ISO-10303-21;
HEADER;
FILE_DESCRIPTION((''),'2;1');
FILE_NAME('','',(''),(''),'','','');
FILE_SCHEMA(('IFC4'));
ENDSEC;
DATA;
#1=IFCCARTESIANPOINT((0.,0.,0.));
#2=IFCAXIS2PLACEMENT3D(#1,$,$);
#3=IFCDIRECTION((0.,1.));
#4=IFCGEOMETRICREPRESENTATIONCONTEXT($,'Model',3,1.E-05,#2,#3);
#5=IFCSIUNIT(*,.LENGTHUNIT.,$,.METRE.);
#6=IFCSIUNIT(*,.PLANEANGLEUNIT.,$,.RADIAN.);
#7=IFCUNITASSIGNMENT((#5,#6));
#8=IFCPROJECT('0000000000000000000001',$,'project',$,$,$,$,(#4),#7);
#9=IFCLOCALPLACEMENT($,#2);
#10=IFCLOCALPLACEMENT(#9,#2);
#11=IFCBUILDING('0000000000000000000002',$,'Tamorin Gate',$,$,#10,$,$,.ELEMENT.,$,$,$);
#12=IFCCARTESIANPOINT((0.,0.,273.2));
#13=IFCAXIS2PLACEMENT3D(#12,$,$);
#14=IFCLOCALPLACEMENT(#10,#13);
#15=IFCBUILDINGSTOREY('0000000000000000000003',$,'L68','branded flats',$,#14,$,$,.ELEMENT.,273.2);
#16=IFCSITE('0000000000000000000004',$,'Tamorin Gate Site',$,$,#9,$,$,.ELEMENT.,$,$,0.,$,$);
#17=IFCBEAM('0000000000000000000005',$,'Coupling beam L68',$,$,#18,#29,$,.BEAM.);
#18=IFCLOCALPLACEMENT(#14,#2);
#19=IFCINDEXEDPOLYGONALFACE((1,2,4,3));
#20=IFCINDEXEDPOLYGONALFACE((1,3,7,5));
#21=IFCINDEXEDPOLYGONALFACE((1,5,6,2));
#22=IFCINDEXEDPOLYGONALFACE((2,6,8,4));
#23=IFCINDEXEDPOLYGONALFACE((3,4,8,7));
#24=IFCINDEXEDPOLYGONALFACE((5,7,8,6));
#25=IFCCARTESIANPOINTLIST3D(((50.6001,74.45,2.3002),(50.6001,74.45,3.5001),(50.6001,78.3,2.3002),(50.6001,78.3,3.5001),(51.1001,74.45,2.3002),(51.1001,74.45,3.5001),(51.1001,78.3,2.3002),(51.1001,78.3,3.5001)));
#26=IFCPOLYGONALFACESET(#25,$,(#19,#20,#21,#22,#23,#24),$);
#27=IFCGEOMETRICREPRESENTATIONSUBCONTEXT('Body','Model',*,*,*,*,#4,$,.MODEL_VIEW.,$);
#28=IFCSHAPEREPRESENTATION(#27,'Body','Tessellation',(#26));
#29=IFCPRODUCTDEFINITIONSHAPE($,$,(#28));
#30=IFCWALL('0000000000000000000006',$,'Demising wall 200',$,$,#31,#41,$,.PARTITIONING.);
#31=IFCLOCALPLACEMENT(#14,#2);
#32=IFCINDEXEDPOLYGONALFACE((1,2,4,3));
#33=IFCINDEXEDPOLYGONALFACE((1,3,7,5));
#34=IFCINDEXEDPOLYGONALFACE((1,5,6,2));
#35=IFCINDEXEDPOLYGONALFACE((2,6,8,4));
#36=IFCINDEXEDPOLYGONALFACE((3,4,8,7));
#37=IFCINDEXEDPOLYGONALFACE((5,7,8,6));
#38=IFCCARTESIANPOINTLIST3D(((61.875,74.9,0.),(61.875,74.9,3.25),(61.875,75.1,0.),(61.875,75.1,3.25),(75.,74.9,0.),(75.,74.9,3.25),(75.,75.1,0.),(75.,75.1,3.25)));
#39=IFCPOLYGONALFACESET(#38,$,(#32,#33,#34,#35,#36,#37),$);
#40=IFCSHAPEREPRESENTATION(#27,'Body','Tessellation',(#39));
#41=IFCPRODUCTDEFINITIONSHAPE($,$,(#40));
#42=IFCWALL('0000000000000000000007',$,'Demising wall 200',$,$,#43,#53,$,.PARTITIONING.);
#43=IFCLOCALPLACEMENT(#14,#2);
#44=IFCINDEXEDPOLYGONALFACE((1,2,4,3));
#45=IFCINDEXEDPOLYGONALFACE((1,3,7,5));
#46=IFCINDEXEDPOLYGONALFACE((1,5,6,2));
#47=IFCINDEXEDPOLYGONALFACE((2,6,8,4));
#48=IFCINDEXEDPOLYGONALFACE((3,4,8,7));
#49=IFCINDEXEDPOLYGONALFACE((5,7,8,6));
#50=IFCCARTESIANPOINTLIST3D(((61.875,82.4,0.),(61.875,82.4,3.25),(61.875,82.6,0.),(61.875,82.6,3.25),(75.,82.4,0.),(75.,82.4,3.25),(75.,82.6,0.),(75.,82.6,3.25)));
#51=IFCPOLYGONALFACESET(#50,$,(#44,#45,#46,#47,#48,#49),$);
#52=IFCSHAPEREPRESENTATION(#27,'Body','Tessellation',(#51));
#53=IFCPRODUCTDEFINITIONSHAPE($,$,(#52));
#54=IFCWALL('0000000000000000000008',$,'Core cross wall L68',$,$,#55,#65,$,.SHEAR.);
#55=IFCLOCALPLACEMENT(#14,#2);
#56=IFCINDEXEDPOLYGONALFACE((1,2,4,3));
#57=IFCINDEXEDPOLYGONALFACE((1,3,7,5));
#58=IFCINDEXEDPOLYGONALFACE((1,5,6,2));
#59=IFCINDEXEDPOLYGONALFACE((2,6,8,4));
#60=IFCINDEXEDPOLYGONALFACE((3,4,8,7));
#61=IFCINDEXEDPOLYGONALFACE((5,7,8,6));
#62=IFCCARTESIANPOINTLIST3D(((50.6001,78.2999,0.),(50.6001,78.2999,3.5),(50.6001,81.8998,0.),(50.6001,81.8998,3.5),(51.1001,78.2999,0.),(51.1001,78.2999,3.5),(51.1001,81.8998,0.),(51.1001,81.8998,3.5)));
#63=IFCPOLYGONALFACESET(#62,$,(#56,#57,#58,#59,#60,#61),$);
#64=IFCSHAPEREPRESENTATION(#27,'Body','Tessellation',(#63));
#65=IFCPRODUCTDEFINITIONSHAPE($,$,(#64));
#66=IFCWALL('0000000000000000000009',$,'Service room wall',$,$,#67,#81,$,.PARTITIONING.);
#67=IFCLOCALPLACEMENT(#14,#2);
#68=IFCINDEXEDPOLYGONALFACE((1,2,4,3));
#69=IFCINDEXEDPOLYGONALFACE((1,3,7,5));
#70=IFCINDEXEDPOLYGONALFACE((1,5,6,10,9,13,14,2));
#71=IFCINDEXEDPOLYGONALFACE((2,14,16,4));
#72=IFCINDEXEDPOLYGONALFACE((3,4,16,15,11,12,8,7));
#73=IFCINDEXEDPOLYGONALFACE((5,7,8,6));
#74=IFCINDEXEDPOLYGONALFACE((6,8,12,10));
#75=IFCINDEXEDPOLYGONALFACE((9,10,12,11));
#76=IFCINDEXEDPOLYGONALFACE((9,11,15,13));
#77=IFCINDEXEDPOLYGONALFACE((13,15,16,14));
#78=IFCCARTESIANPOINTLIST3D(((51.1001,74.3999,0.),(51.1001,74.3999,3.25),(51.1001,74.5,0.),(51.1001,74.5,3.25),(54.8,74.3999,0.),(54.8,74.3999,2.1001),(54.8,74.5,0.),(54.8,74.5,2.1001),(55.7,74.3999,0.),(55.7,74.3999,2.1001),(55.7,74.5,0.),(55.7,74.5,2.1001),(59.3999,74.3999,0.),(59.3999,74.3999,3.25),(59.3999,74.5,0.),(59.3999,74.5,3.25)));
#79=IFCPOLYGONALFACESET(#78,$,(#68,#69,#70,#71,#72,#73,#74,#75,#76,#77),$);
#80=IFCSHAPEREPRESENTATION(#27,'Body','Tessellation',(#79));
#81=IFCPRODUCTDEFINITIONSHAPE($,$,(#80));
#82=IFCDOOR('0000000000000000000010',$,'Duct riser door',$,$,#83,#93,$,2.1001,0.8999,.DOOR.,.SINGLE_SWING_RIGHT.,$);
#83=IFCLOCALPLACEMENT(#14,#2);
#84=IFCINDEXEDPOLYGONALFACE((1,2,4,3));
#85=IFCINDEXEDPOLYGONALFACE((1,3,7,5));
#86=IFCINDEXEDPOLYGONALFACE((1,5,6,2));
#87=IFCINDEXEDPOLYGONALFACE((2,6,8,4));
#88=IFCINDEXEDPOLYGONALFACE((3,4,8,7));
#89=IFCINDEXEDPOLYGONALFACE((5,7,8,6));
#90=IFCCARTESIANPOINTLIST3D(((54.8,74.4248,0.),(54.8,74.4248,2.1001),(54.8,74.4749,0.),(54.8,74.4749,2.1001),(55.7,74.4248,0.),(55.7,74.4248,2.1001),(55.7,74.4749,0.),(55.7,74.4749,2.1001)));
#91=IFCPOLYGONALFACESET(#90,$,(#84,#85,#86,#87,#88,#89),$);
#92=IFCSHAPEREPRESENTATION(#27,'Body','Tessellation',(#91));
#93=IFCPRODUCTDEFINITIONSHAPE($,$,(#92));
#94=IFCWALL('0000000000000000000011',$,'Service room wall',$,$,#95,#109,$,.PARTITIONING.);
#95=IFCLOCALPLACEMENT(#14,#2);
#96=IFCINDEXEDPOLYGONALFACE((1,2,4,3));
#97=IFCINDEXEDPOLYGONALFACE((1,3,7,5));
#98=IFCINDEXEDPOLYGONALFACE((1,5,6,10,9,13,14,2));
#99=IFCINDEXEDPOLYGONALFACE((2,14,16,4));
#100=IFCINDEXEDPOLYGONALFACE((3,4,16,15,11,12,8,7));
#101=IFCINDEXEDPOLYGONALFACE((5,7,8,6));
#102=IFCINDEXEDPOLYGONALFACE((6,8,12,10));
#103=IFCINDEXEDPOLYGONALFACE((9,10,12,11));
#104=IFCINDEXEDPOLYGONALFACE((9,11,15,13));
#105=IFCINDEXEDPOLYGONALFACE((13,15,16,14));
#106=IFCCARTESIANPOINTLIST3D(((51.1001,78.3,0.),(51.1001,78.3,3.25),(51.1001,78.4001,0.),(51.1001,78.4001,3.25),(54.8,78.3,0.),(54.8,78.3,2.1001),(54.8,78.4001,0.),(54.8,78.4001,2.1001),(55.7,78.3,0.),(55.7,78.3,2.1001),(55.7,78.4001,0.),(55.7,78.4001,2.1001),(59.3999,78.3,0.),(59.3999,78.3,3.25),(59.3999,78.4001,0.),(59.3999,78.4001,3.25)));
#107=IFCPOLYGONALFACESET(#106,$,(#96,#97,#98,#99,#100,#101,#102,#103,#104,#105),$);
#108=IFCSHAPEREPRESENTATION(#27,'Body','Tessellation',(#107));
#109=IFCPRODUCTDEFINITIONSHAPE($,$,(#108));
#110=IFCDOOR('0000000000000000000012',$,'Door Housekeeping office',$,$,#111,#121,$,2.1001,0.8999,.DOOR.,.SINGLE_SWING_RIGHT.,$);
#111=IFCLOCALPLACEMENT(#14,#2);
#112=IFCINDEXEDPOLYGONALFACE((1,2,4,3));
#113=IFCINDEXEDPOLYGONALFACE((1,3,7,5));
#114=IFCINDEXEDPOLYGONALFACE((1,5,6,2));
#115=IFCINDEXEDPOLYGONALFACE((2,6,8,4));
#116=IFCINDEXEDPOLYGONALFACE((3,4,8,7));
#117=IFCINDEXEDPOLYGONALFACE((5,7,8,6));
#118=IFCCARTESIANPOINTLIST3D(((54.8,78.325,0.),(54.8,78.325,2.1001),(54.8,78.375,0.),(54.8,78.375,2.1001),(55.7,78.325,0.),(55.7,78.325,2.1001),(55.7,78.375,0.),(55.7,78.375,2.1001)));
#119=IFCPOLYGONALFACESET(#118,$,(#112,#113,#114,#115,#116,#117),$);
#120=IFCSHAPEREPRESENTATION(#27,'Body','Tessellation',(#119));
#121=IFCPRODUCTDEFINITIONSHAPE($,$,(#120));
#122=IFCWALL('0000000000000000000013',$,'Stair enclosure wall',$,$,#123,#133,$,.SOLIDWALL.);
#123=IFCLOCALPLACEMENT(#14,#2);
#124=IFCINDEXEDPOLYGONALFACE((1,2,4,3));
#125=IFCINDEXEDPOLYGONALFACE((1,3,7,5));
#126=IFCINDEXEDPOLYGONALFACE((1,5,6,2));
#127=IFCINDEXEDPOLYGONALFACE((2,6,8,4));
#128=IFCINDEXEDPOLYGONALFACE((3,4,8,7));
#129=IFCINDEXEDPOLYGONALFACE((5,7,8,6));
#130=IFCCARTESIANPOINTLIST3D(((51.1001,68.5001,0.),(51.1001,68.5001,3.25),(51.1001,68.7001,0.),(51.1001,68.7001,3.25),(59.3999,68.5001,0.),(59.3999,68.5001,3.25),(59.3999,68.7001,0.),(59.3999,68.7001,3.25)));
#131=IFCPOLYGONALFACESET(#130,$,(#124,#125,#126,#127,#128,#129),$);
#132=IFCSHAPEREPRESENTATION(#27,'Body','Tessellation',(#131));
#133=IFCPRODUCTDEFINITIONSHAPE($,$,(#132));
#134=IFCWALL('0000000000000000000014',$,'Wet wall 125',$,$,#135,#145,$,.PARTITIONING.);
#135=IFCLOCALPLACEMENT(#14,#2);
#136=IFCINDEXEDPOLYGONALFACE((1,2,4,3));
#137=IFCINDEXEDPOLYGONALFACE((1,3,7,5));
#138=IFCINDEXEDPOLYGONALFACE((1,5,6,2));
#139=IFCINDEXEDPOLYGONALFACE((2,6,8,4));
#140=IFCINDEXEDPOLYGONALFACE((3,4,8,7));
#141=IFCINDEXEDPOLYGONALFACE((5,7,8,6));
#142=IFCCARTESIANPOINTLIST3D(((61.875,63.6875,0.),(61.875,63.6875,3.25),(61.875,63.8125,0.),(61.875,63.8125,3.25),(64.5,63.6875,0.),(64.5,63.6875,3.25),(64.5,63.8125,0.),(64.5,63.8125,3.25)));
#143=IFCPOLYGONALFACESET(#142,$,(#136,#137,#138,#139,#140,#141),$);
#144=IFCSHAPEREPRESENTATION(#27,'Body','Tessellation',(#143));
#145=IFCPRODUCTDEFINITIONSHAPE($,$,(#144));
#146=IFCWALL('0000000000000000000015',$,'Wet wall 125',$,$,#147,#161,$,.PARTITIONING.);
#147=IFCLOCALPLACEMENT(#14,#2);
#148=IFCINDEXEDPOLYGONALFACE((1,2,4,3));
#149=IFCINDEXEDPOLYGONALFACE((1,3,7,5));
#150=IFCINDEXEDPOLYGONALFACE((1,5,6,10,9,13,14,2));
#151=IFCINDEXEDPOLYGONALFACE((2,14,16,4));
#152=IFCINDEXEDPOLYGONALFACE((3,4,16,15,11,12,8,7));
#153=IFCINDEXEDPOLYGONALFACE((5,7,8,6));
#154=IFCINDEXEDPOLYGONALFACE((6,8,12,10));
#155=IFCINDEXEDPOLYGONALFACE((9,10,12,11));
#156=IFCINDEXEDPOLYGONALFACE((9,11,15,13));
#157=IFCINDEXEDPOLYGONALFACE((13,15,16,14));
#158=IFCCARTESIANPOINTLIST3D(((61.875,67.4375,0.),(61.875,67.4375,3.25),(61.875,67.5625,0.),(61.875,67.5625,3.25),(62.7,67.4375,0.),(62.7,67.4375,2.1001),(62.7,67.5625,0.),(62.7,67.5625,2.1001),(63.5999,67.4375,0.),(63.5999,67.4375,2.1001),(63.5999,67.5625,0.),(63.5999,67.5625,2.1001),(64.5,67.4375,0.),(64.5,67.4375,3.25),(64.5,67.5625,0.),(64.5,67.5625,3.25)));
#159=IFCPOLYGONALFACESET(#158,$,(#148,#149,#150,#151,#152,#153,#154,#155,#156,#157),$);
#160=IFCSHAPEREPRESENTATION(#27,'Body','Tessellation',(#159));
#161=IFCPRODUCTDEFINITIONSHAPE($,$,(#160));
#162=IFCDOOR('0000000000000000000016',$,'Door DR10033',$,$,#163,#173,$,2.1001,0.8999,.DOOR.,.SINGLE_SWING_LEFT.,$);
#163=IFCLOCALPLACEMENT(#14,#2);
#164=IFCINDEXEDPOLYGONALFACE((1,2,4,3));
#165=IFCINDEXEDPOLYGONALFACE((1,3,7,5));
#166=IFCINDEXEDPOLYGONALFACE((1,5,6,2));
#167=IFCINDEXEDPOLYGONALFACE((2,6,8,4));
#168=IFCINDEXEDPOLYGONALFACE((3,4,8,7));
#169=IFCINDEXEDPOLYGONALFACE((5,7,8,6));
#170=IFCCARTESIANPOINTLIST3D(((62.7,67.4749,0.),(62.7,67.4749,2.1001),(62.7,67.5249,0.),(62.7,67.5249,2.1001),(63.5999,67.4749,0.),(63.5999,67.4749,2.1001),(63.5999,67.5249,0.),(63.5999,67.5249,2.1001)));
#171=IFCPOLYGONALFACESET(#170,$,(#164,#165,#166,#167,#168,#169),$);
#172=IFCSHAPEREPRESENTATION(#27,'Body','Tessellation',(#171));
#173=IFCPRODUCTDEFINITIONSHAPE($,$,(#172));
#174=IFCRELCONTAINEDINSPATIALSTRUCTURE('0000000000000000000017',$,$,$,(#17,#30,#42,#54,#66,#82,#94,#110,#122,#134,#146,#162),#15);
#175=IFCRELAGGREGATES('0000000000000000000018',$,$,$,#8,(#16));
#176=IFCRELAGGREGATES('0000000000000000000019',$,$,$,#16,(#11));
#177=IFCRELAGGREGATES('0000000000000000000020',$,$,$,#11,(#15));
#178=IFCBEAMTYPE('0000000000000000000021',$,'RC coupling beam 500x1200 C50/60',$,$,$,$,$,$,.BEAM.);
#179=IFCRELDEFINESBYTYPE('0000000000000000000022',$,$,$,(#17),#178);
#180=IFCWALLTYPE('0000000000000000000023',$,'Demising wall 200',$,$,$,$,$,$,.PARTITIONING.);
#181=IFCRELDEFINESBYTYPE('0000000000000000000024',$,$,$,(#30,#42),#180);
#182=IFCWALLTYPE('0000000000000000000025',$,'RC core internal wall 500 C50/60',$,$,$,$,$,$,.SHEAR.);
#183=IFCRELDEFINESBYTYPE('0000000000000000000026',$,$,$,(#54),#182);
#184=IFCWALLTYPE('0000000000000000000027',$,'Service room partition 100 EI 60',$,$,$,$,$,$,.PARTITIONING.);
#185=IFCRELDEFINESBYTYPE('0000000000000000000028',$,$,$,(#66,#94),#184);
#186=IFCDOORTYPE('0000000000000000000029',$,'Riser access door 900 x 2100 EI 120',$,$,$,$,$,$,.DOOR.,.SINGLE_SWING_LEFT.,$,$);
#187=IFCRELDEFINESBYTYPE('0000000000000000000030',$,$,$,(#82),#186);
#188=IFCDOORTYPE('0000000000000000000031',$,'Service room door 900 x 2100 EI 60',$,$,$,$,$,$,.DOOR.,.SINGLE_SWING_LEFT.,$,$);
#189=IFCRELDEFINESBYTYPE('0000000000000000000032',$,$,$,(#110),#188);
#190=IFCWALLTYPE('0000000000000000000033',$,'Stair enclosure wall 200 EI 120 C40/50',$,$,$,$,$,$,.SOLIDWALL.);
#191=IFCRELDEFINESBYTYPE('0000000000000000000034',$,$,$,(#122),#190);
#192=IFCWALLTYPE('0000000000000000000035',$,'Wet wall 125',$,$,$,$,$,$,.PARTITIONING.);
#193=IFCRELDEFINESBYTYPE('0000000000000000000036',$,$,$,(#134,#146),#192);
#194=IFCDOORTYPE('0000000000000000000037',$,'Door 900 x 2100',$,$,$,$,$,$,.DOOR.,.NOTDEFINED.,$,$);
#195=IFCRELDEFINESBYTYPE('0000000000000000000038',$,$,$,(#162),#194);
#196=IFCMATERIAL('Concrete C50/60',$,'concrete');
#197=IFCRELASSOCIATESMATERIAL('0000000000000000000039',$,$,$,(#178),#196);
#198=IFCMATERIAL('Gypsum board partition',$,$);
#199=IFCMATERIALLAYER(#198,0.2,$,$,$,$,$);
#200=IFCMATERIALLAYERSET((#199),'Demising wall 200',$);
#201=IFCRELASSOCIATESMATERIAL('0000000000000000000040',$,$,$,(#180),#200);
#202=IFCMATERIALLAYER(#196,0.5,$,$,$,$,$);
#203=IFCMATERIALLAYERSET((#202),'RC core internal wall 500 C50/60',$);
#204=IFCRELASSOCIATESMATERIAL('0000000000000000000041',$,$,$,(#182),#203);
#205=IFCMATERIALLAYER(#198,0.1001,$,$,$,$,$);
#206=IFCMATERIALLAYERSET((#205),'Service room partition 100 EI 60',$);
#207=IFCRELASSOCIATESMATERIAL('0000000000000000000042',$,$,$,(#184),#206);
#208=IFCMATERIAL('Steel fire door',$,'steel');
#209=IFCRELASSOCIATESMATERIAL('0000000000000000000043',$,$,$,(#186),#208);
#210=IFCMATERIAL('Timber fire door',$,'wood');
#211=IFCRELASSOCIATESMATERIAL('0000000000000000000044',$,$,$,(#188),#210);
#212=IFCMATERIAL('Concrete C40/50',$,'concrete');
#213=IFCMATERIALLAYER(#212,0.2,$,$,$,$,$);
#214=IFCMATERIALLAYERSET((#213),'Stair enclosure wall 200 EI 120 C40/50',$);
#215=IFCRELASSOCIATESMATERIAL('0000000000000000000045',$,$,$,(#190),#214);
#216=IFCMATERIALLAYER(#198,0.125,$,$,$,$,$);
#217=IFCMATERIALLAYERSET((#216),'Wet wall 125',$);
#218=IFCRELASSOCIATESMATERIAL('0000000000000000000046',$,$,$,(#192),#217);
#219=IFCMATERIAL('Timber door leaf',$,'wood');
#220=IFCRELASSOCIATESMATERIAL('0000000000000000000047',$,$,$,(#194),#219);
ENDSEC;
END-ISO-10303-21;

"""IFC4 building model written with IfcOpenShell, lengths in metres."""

from ifc_helpers import new_model, si_unit, direction, frame, frame_2d, origin, origin_2d, place, context, subcontext, project, spatial, rectangle, extrude, material, layer, layer_set, material_profile, profile_set, type_object, element, fill, save


model = new_model("IFC4")

# Units and contexts
model_context = context("Model", 3, precision=1e-05, world=origin(), true_north=direction((0.0, 1.0)))
body_context = subcontext(model_context, "Body", "Model", "MODEL_VIEW")
ifc_project = project(units=[si_unit("LENGTHUNIT", "METRE"), si_unit("PLANEANGLEUNIT", "RADIAN")], contexts=[model_context])

# Site, building, storey
site_placement = place(None, origin())
site = spatial("IfcSite", under=ifc_project, at=site_placement, Name="Tamorin Gate Site", CompositionType="ELEMENT", RefElevation=0.0)
building_placement = place(site_placement, origin())
building = spatial("IfcBuilding", under=site, at=building_placement, Name="Tamorin Gate", CompositionType="ELEMENT")
storey_placement = place(building_placement, frame((0.0, 0.0, 273.2)))
storey = spatial("IfcBuildingStorey", under=building, at=storey_placement, Name="L68", Description="branded flats", CompositionType="ELEMENT", Elevation=273.2)

# Beam
ifc_material_1 = material(Name="Concrete C50/60", Category="concrete")
ifc_material_profile = material_profile(ifc_material_1, rectangle(XDim=0.5, YDim=1.2, at=origin_2d()), Name="RC 500x1200")
ifc_profile_set = profile_set([ifc_material_profile], Name="Concrete C50/60")
beam_type = type_object("IfcBeamType", Name="RC coupling beam 500x1200 C50/60", PredefinedType="BEAM", material=ifc_profile_set)
beam_placement = place(storey_placement, frame((50.8501, 74.45, 2.9001), z_axis=(0.0, 1.0, 0.0), x_axis=(-1.0, 0.0, 0.0)))
element("IfcBeam", 1, at=beam_placement, inside=storey, type_object=beam_type, Name="Coupling beam L68", PredefinedType="BEAM", context=body_context, shape_type="SweptSolid", body=[
    extrude(rectangle(XDim=0.5, YDim=1.2, at=origin_2d()), origin(), (0.0, 0.0, 1.0), 3.8501),
])

# Walls
ifc_material_2 = material(Name="Gypsum board partition")
ifc_layer_1 = layer(ifc_material_2, 0.2)
ifc_layer_set_1 = layer_set([ifc_layer_1], Name="Demising wall 200")
wall_type_1 = type_object("IfcWallType", Name="Demising wall 200", PredefinedType="PARTITIONING", material=ifc_layer_set_1)
for number, where, z_axis, x_axis, name in (
    (2, (61.875, 75.0, 0.0), (0.0, 0.0, 1.0), (1.0, 0.0, 0.0), "Demising wall 200"),
    (3, (61.875, 82.5, 0.0), (0.0, 0.0, 1.0), (1.0, 0.0, 0.0), "Demising wall 200"),
):
    element("IfcWall", number, at=place(storey_placement, frame(where, z_axis=z_axis, x_axis=x_axis)), inside=storey, type_object=wall_type_1, Name=name, PredefinedType="PARTITIONING", context=body_context, shape_type="SweptSolid", body=[
        extrude(rectangle(XDim=13.125, YDim=0.2, at=frame_2d((6.5625, 0.0))), origin(), (0.0, 0.0, 1.0), 3.25),
    ])
ifc_layer_2 = layer(ifc_material_1, 0.5)
ifc_layer_set_2 = layer_set([ifc_layer_2], Name="RC core internal wall 500 C50/60")
wall_type_2 = type_object("IfcWallType", Name="RC core internal wall 500 C50/60", PredefinedType="SHEAR", material=ifc_layer_set_2)
wall_1_placement = place(storey_placement, frame((50.8501, 78.3, 0.0), z_axis=(0.0, 0.0, 1.0), x_axis=(0.0, 1.0, 0.0)))
element("IfcWall", 4, at=wall_1_placement, inside=storey, type_object=wall_type_2, Name="Core cross wall L68", PredefinedType="SHEAR", context=body_context, shape_type="SweptSolid", body=[
    extrude(rectangle(XDim=3.5999, YDim=0.5, at=frame_2d((1.7998, 0.0))), origin(), (0.0, 0.0, 1.0), 3.5),
])

# Walls, openings, doors
ifc_layer_3 = layer(ifc_material_2, 0.1001)
ifc_layer_set_3 = layer_set([ifc_layer_3], Name="Service room partition 100 EI 60")
wall_type_3 = type_object("IfcWallType", Name="Service room partition 100 EI 60", PredefinedType="PARTITIONING", material=ifc_layer_set_3)
wall_2_placement = place(storey_placement, frame((51.1001, 74.45, 0.0), z_axis=(0.0, 0.0, 1.0), x_axis=(1.0, 0.0, 0.0)))
wall_2 = element("IfcWall", 5, at=wall_2_placement, inside=storey, type_object=wall_type_3, Name="Service room wall", PredefinedType="PARTITIONING", context=body_context, shape_type="SweptSolid", body=[
    extrude(rectangle(XDim=8.2998, YDim=0.1001, at=frame_2d((4.1499, 0.0))), origin(), (0.0, 0.0, 1.0), 3.25),
])
opening_1_placement = place(wall_2_placement, frame((3.7, 0.0, 0.0)))
opening_1 = element("IfcOpeningElement", 6, at=opening_1_placement, cuts=wall_2, PredefinedType="OPENING", context=body_context, shape_type="SweptSolid", body=[
    extrude(rectangle(XDim=0.8999, YDim=2.1001, at=frame_2d((0.45, 1.05))), frame((0.0, 0.0601, 0.0), z_axis=(0.0, -1.0, 0.0), x_axis=(1.0, 0.0, 0.0)), (0.0, 0.0, 1.0), 0.1201),
])
ifc_material_3 = material(Name="Steel fire door", Category="steel")
door_type_1 = type_object("IfcDoorType", Name="Riser access door 900 x 2100 EI 120", OperationType="SINGLE_SWING_LEFT", PredefinedType="DOOR", material=ifc_material_3)
door_1_placement = place(opening_1_placement, origin())
door_1 = element("IfcDoor", 7, at=door_1_placement, inside=storey, type_object=door_type_1, Name="Duct riser door", OperationType="SINGLE_SWING_RIGHT", OverallHeight=2.1001, OverallWidth=0.8999, PredefinedType="DOOR", context=body_context, shape_type="SweptSolid", body=[
    extrude(rectangle(XDim=0.8999, YDim=2.1001, at=frame_2d((0.45, 1.05))), frame((0.0, 0.0249, 0.0), z_axis=(0.0, -1.0, 0.0), x_axis=(1.0, 0.0, 0.0)), (0.0, 0.0, 1.0), 0.05),
])
fill(opening_1, door_1)
wall_3_placement = place(storey_placement, frame((51.1001, 78.3501, 0.0), z_axis=(0.0, 0.0, 1.0), x_axis=(1.0, 0.0, 0.0)))
wall_3 = element("IfcWall", 8, at=wall_3_placement, inside=storey, type_object=wall_type_3, Name="Service room wall", PredefinedType="PARTITIONING", context=body_context, shape_type="SweptSolid", body=[
    extrude(rectangle(XDim=8.2998, YDim=0.1001, at=frame_2d((4.1499, 0.0))), origin(), (0.0, 0.0, 1.0), 3.25),
])
opening_2_placement = place(wall_3_placement, frame((3.7, 0.0, 0.0)))
opening_2 = element("IfcOpeningElement", 9, at=opening_2_placement, cuts=wall_3, PredefinedType="OPENING", context=body_context, shape_type="SweptSolid", body=[
    extrude(rectangle(XDim=0.8999, YDim=2.1001, at=frame_2d((0.45, 1.05))), frame((0.0, 0.0601, 0.0), z_axis=(0.0, -1.0, 0.0), x_axis=(1.0, 0.0, 0.0)), (0.0, 0.0, 1.0), 0.1201),
])
ifc_material_4 = material(Name="Timber fire door", Category="wood")
door_type_2 = type_object("IfcDoorType", Name="Service room door 900 x 2100 EI 60", OperationType="SINGLE_SWING_LEFT", PredefinedType="DOOR", material=ifc_material_4)
door_2_placement = place(opening_2_placement, origin())
door_2 = element("IfcDoor", 10, at=door_2_placement, inside=storey, type_object=door_type_2, Name="Door Housekeeping office", OperationType="SINGLE_SWING_RIGHT", OverallHeight=2.1001, OverallWidth=0.8999, PredefinedType="DOOR", context=body_context, shape_type="SweptSolid", body=[
    extrude(rectangle(XDim=0.8999, YDim=2.1001, at=frame_2d((0.45, 1.05))), frame((0.0, 0.0249, 0.0), z_axis=(0.0, -1.0, 0.0), x_axis=(1.0, 0.0, 0.0)), (0.0, 0.0, 1.0), 0.05),
])
fill(opening_2, door_2)

# Walls
ifc_material_5 = material(Name="Concrete C40/50", Category="concrete")
ifc_layer_4 = layer(ifc_material_5, 0.2)
ifc_layer_set_4 = layer_set([ifc_layer_4], Name="Stair enclosure wall 200 EI 120 C40/50")
wall_type_4 = type_object("IfcWallType", Name="Stair enclosure wall 200 EI 120 C40/50", PredefinedType="SOLIDWALL", material=ifc_layer_set_4)
wall_4_placement = place(storey_placement, frame((51.1001, 68.6001, 0.0), z_axis=(0.0, 0.0, 1.0), x_axis=(1.0, 0.0, 0.0)))
element("IfcWall", 11, at=wall_4_placement, inside=storey, type_object=wall_type_4, Name="Stair enclosure wall", PredefinedType="SOLIDWALL", context=body_context, shape_type="SweptSolid", body=[
    extrude(rectangle(XDim=8.2998, YDim=0.2, at=frame_2d((4.1499, 0.0))), origin(), (0.0, 0.0, 1.0), 3.25),
])
ifc_layer_5 = layer(ifc_material_2, 0.125)
ifc_layer_set_5 = layer_set([ifc_layer_5], Name="Wet wall 125")
wall_type_5 = type_object("IfcWallType", Name="Wet wall 125", PredefinedType="PARTITIONING", material=ifc_layer_set_5)
wall_5_placement = place(storey_placement, frame((61.875, 63.75, 0.0), z_axis=(0.0, 0.0, 1.0), x_axis=(1.0, 0.0, 0.0)))
element("IfcWall", 12, at=wall_5_placement, inside=storey, type_object=wall_type_5, Name="Wet wall 125", PredefinedType="PARTITIONING", context=body_context, shape_type="SweptSolid", body=[
    extrude(rectangle(XDim=2.625, YDim=0.125, at=frame_2d((1.3125, 0.0))), origin(), (0.0, 0.0, 1.0), 3.25),
])

# Wall, opening, door
wall_6_placement = place(storey_placement, frame((61.875, 67.5, 0.0), z_axis=(0.0, 0.0, 1.0), x_axis=(1.0, 0.0, 0.0)))
wall_6 = element("IfcWall", 13, at=wall_6_placement, inside=storey, type_object=wall_type_5, Name="Wet wall 125", PredefinedType="PARTITIONING", context=body_context, shape_type="SweptSolid", body=[
    extrude(rectangle(XDim=2.625, YDim=0.125, at=frame_2d((1.3125, 0.0))), origin(), (0.0, 0.0, 1.0), 3.25),
])
opening_3_placement = place(wall_6_placement, frame((0.825, 0.0, 0.0)))
opening_3 = element("IfcOpeningElement", 14, at=opening_3_placement, cuts=wall_6, PredefinedType="OPENING", context=body_context, shape_type="SweptSolid", body=[
    extrude(rectangle(XDim=0.8999, YDim=2.1001, at=frame_2d((0.45, 1.05))), frame((0.0, 0.0725, 0.0), z_axis=(0.0, -1.0, 0.0), x_axis=(1.0, 0.0, 0.0)), (0.0, 0.0, 1.0), 0.145),
])
ifc_material_6 = material(Name="Timber door leaf", Category="wood")
door_type_3 = type_object("IfcDoorType", Name="Door 900 x 2100", OperationType="NOTDEFINED", PredefinedType="DOOR", material=ifc_material_6)
door_3_placement = place(opening_3_placement, origin())
door_3 = element("IfcDoor", 15, at=door_3_placement, inside=storey, type_object=door_type_3, Name="Door DR10033", OperationType="SINGLE_SWING_LEFT", OverallHeight=2.1001, OverallWidth=0.8999, PredefinedType="DOOR", context=body_context, shape_type="SweptSolid", body=[
    extrude(rectangle(XDim=0.8999, YDim=2.1001, at=frame_2d((0.45, 1.05))), frame((0.0, 0.0249, 0.0), z_axis=(0.0, -1.0, 0.0), x_axis=(1.0, 0.0, 0.0)), (0.0, 0.0, 1.0), 0.05),
])
fill(opening_3, door_3)

save(model, "model.ifc")
